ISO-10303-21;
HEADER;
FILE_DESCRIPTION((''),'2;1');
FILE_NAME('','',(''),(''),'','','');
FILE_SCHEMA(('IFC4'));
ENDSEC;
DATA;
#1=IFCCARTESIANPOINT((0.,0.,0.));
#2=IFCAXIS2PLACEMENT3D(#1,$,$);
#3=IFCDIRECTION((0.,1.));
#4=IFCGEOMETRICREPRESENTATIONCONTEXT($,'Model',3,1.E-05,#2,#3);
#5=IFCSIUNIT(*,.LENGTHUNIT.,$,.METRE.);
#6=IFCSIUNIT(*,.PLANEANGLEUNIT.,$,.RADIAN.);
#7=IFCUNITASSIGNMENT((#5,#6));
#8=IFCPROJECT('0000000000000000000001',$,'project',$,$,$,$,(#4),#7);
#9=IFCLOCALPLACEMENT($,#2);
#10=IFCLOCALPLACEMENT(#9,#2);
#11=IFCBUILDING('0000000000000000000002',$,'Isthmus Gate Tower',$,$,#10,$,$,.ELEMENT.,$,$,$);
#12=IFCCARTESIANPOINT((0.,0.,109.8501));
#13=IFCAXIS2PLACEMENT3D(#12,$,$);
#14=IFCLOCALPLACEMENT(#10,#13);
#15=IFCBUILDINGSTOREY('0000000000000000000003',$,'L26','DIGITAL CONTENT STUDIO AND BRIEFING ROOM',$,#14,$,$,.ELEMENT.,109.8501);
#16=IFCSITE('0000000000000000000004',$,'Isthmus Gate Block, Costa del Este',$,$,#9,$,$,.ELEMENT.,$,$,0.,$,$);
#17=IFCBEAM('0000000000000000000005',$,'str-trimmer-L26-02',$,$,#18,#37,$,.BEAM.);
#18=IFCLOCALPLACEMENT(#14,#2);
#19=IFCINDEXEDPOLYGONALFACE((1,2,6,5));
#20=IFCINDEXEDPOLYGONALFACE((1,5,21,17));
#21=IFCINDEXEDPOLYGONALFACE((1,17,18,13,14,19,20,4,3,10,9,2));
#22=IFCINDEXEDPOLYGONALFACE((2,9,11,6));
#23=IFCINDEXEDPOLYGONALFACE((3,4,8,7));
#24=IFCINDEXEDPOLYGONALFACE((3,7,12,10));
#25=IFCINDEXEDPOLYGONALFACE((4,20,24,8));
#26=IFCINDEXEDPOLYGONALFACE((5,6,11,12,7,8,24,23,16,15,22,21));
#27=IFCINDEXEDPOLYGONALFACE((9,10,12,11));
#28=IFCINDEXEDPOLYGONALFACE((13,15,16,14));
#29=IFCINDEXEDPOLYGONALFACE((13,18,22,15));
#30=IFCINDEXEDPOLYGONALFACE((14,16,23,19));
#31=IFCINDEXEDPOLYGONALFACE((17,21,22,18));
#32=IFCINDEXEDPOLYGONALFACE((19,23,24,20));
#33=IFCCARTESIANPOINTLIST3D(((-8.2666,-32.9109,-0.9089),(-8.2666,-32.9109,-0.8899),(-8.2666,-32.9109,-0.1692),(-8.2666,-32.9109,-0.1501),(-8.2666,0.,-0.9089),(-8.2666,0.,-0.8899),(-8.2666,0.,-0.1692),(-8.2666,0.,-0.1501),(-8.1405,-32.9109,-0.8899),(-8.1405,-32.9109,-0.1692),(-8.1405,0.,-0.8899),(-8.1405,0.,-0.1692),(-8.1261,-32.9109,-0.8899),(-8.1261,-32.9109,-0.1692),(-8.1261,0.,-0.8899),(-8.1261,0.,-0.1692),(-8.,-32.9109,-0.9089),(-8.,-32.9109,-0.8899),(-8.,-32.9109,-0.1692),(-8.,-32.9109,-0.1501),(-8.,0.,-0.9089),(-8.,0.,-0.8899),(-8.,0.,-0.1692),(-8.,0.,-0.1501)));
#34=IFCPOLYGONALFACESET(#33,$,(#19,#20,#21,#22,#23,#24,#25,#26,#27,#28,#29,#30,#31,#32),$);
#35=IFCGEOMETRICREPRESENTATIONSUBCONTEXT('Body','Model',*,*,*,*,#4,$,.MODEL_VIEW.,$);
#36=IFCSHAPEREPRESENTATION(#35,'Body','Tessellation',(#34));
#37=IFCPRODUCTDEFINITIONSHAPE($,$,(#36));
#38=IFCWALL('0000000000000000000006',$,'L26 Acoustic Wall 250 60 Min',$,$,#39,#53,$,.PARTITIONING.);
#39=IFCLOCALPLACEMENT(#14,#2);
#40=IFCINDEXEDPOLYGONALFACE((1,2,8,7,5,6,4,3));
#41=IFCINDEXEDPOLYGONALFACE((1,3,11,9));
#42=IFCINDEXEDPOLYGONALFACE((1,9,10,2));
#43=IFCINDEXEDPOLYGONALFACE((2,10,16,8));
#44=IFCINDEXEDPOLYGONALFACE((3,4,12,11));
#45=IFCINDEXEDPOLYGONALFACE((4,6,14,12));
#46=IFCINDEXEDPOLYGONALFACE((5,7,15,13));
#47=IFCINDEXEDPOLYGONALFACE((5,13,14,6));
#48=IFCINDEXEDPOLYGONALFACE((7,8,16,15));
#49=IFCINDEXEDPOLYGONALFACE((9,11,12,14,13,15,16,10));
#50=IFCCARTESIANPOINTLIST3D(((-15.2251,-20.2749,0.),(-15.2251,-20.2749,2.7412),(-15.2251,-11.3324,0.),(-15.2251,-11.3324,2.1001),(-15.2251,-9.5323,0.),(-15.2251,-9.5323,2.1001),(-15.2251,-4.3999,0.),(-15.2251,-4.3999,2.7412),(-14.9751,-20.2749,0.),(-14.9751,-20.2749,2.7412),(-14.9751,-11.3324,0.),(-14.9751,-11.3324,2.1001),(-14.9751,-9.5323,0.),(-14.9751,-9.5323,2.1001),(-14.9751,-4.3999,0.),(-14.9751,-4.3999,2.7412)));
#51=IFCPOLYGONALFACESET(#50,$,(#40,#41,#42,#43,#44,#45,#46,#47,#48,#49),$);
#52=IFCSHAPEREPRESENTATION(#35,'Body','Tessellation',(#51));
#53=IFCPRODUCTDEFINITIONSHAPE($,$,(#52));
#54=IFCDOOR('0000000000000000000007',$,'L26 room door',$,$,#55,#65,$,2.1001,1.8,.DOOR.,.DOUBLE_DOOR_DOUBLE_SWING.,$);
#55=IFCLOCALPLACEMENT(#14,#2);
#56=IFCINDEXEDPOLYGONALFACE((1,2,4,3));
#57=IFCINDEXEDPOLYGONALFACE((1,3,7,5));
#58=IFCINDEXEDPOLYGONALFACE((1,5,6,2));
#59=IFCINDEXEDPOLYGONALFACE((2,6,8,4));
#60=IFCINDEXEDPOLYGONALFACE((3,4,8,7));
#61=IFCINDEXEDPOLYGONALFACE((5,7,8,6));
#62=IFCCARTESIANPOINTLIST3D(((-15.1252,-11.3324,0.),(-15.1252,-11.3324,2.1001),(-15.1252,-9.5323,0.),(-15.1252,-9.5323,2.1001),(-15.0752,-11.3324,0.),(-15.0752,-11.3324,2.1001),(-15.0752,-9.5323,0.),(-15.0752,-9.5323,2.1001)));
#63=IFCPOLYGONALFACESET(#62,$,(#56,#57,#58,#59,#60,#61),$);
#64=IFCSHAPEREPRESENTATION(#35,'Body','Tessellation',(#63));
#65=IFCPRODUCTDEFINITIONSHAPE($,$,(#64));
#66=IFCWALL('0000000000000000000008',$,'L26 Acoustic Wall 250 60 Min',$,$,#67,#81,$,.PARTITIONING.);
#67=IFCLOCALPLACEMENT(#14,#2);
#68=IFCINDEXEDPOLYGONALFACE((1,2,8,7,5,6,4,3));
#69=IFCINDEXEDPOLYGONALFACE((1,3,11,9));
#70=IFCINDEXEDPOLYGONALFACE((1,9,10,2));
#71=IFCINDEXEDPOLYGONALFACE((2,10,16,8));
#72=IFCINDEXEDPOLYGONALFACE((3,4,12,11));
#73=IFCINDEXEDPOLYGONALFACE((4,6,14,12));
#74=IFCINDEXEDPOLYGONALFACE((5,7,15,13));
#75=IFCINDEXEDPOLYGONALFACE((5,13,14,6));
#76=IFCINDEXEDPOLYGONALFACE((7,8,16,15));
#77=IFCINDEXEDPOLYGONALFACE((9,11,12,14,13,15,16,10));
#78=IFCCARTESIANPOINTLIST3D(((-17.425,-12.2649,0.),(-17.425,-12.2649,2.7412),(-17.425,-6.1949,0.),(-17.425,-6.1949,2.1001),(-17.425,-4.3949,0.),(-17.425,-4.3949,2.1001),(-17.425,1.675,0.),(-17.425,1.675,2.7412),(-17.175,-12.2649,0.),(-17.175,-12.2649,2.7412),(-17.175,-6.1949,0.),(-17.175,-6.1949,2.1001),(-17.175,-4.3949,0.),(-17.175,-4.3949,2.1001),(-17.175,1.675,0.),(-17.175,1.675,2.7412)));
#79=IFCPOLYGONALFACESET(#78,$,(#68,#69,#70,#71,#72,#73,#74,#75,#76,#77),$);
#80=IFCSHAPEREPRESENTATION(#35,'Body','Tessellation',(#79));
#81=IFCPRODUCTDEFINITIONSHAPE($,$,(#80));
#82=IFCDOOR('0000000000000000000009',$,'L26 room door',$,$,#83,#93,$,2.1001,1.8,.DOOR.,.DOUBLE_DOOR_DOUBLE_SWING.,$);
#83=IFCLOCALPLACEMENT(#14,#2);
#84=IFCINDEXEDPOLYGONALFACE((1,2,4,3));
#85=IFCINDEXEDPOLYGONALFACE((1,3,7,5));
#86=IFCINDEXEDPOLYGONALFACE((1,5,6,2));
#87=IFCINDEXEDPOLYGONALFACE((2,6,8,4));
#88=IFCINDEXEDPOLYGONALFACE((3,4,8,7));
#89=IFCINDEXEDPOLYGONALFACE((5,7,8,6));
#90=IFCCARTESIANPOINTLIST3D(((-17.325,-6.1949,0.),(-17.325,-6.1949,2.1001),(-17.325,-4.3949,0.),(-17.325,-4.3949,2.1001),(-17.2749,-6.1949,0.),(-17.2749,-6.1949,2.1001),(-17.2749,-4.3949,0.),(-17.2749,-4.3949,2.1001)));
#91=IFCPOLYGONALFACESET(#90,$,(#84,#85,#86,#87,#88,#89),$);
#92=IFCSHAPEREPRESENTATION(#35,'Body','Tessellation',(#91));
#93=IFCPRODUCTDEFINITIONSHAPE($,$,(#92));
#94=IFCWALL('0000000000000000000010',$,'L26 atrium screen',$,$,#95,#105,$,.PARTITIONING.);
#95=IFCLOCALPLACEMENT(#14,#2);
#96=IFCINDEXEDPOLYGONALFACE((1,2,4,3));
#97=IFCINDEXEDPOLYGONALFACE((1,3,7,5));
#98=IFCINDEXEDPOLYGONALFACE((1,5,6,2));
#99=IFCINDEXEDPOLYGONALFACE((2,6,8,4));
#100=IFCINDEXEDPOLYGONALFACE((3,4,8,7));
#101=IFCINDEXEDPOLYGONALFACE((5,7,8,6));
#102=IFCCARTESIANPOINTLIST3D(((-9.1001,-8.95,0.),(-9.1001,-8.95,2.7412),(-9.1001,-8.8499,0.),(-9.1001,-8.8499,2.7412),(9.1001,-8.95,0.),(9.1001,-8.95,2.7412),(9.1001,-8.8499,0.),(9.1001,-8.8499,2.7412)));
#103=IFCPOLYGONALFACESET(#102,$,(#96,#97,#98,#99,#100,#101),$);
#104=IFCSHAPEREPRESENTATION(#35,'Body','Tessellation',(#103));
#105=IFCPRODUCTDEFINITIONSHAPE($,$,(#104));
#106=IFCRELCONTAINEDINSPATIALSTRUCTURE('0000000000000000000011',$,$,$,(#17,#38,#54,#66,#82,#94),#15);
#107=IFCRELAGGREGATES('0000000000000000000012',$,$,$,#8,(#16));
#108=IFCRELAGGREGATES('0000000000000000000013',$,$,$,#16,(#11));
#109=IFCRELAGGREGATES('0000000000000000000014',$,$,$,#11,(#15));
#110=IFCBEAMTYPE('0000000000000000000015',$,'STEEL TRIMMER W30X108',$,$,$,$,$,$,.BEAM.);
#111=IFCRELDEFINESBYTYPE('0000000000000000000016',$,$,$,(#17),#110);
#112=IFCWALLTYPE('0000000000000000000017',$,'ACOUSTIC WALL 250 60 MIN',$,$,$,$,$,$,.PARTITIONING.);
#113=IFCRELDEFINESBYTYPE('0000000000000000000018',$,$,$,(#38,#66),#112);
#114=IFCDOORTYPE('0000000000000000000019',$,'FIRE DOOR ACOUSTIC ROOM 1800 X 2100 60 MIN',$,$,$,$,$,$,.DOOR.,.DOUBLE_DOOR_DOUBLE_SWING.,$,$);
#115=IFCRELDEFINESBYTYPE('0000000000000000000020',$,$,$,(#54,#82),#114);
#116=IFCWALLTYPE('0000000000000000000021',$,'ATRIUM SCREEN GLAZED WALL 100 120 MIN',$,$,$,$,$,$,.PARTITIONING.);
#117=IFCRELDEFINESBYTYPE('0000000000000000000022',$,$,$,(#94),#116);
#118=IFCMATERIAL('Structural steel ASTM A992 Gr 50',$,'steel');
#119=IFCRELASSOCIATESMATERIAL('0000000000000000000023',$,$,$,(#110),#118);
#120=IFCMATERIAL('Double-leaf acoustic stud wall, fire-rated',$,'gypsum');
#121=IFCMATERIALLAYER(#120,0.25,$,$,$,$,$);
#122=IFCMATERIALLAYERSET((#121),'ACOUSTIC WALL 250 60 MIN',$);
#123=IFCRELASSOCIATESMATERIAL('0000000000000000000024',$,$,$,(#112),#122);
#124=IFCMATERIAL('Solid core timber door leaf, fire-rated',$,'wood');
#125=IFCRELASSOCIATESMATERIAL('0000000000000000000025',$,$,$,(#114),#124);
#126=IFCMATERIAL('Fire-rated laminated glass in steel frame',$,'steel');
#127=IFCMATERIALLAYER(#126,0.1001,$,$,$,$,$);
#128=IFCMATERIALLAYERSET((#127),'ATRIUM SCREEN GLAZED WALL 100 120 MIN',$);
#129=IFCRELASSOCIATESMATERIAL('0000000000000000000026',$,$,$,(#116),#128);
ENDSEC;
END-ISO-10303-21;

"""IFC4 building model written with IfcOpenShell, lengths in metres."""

from ifc_helpers import new_model, si_unit, direction, frame, frame_2d, origin, origin_2d, place, context, subcontext, project, spatial, rectangle, i_section, extrude, material, layer, layer_set, material_profile, profile_set, type_object, element, fill, save


model = new_model("IFC4")

# Units and contexts
model_context = context("Model", 3, precision=1e-05, world=origin(), true_north=direction((0.0, 1.0)))
body_context = subcontext(model_context, "Body", "Model", "MODEL_VIEW")
ifc_project = project(units=[si_unit("LENGTHUNIT", "METRE"), si_unit("PLANEANGLEUNIT", "RADIAN")], contexts=[model_context])

# Site, building, storey
site_placement = place(None, origin())
site = spatial("IfcSite", under=ifc_project, at=site_placement, Name="Isthmus Gate Block, Costa del Este", CompositionType="ELEMENT", RefElevation=0.0)
building_placement = place(site_placement, origin())
building = spatial("IfcBuilding", under=site, at=building_placement, Name="Isthmus Gate Tower", CompositionType="ELEMENT")
storey_placement = place(building_placement, frame((0.0, 0.0, 109.8501)))
storey = spatial("IfcBuildingStorey", under=building, at=storey_placement, Name="L26", Description="DIGITAL CONTENT STUDIO AND BRIEFING ROOM", CompositionType="ELEMENT", Elevation=109.8501)

# Beam
ifc_material_1 = material(Name="Structural steel ASTM A992 Gr 50", Category="steel")
ifc_material_profile_1 = material_profile(ifc_material_1, i_section(OverallWidth=0.2666, OverallDepth=0.7588, WebThickness=0.0144, FlangeThickness=0.019, at=origin_2d()), Name="W30X108")
ifc_profile_set_1 = profile_set([ifc_material_profile_1], Name="Structural steel ASTM A992 Gr 50")
beam_type_1 = type_object("IfcBeamType", Name="STEEL TRIMMER W30X108", PredefinedType="BEAM", material=ifc_profile_set_1)
beam_1_placement = place(storey_placement, frame((-8.1333, 0.0, -0.5295), z_axis=(0.0, -1.0, 0.0), x_axis=(1.0, 0.0, 0.0)))
element("IfcBeam", 1, at=beam_1_placement, inside=storey, type_object=beam_type_1, Name="str-trimmer-L26-02", PredefinedType="BEAM", context=body_context, shape_type="SweptSolid", body=[
    extrude(i_section(OverallWidth=0.2666, OverallDepth=0.7588, WebThickness=0.0144, FlangeThickness=0.019, at=origin_2d()), origin(), (0.0, 0.0, 1.0), 32.9109),
])

# Walls, openings, doors
ifc_material_2 = material(Name="Double-leaf acoustic stud wall, fire-rated", Category="gypsum")
ifc_layer_1 = layer(ifc_material_2, 0.25)
ifc_layer_set_1 = layer_set([ifc_layer_1], Name="ACOUSTIC WALL 250 60 MIN")
wall_type_1 = type_object("IfcWallType", Name="ACOUSTIC WALL 250 60 MIN", PredefinedType="PARTITIONING", material=ifc_layer_set_1)
wall_1_placement = place(storey_placement, frame((-15.1001, -4.3999, 0.0), z_axis=(0.0, 0.0, 1.0), x_axis=(0.0, -1.0, 0.0)))
wall_1 = element("IfcWall", 2, at=wall_1_placement, inside=storey, type_object=wall_type_1, Name="L26 Acoustic Wall 250 60 Min", PredefinedType="PARTITIONING", context=body_context, shape_type="SweptSolid", body=[
    extrude(rectangle(XDim=15.875, YDim=0.25, at=frame_2d((7.9375, 0.0))), origin(), (0.0, 0.0, 1.0), 2.7412),
])
opening_1_placement = place(wall_1_placement, frame((5.1326, 0.0, 0.0)))
opening_1 = element("IfcOpeningElement", 3, at=opening_1_placement, cuts=wall_1, PredefinedType="OPENING", context=body_context, shape_type="SweptSolid", body=[
    extrude(rectangle(XDim=1.8, YDim=2.1001, at=frame_2d((0.8999, 1.05))), frame((0.0, 0.135, 0.0), z_axis=(0.0, -1.0, 0.0), x_axis=(1.0, 0.0, 0.0)), (0.0, 0.0, 1.0), 0.27),
])
ifc_material_3 = material(Name="Solid core timber door leaf, fire-rated", Category="wood")
door_type_1 = type_object("IfcDoorType", Name="FIRE DOOR ACOUSTIC ROOM 1800 X 2100 60 MIN", OperationType="DOUBLE_DOOR_DOUBLE_SWING", PredefinedType="DOOR", material=ifc_material_3)
door_1_placement = place(opening_1_placement, origin())
door_1 = element("IfcDoor", 4, at=door_1_placement, inside=storey, type_object=door_type_1, Name="L26 room door", OperationType="DOUBLE_DOOR_DOUBLE_SWING", OverallHeight=2.1001, OverallWidth=1.8, PredefinedType="DOOR", context=body_context, shape_type="SweptSolid", body=[
    extrude(rectangle(XDim=1.8, YDim=2.1001, at=frame_2d((0.8999, 1.05))), frame((0.0, 0.0249, 0.0), z_axis=(0.0, -1.0, 0.0), x_axis=(1.0, 0.0, 0.0)), (0.0, 0.0, 1.0), 0.05),
])
fill(opening_1, door_1)
wall_2_placement = place(storey_placement, frame((-17.3, -12.2649, 0.0), z_axis=(0.0, 0.0, 1.0), x_axis=(0.0, 1.0, 0.0)))
wall_2 = element("IfcWall", 5, at=wall_2_placement, inside=storey, type_object=wall_type_1, Name="L26 Acoustic Wall 250 60 Min", PredefinedType="PARTITIONING", context=body_context, shape_type="SweptSolid", body=[
    extrude(rectangle(XDim=13.9399, YDim=0.25, at=frame_2d((6.97, 0.0))), origin(), (0.0, 0.0, 1.0), 2.7412),
])
opening_2_placement = place(wall_2_placement, frame((6.0701, 0.0, 0.0)))
opening_2 = element("IfcOpeningElement", 6, at=opening_2_placement, cuts=wall_2, PredefinedType="OPENING", context=body_context, shape_type="SweptSolid", body=[
    extrude(rectangle(XDim=1.8, YDim=2.1001, at=frame_2d((0.8999, 1.05))), frame((0.0, 0.135, 0.0), z_axis=(0.0, -1.0, 0.0), x_axis=(1.0, 0.0, 0.0)), (0.0, 0.0, 1.0), 0.27),
])
door_2_placement = place(opening_2_placement, origin())
door_2 = element("IfcDoor", 7, at=door_2_placement, inside=storey, type_object=door_type_1, Name="L26 room door", OperationType="DOUBLE_DOOR_DOUBLE_SWING", OverallHeight=2.1001, OverallWidth=1.8, PredefinedType="DOOR", context=body_context, shape_type="SweptSolid", body=[
    extrude(rectangle(XDim=1.8, YDim=2.1001, at=frame_2d((0.8999, 1.05))), frame((0.0, 0.0249, 0.0), z_axis=(0.0, -1.0, 0.0), x_axis=(1.0, 0.0, 0.0)), (0.0, 0.0, 1.0), 0.05),
])
fill(opening_2, door_2)

# Wall
ifc_material_4 = material(Name="Fire-rated laminated glass in steel frame", Category="steel")
ifc_layer_2 = layer(ifc_material_4, 0.1001)
ifc_layer_set_2 = layer_set([ifc_layer_2], Name="ATRIUM SCREEN GLAZED WALL 100 120 MIN")
wall_type_2 = type_object("IfcWallType", Name="ATRIUM SCREEN GLAZED WALL 100 120 MIN", PredefinedType="PARTITIONING", material=ifc_layer_set_2)
wall_3_placement = place(storey_placement, frame((-9.1001, -8.8999, 0.0), z_axis=(0.0, 0.0, 1.0), x_axis=(1.0, 0.0, 0.0)))
element("IfcWall", 8, at=wall_3_placement, inside=storey, type_object=wall_type_2, Name="L26 atrium screen", PredefinedType="PARTITIONING", context=body_context, shape_type="SweptSolid", body=[
    extrude(rectangle(XDim=18.2002, YDim=0.1001, at=frame_2d((9.1001, 0.0))), origin(), (0.0, 0.0, 1.0), 2.7412),
])

save(model, "model.ifc")
